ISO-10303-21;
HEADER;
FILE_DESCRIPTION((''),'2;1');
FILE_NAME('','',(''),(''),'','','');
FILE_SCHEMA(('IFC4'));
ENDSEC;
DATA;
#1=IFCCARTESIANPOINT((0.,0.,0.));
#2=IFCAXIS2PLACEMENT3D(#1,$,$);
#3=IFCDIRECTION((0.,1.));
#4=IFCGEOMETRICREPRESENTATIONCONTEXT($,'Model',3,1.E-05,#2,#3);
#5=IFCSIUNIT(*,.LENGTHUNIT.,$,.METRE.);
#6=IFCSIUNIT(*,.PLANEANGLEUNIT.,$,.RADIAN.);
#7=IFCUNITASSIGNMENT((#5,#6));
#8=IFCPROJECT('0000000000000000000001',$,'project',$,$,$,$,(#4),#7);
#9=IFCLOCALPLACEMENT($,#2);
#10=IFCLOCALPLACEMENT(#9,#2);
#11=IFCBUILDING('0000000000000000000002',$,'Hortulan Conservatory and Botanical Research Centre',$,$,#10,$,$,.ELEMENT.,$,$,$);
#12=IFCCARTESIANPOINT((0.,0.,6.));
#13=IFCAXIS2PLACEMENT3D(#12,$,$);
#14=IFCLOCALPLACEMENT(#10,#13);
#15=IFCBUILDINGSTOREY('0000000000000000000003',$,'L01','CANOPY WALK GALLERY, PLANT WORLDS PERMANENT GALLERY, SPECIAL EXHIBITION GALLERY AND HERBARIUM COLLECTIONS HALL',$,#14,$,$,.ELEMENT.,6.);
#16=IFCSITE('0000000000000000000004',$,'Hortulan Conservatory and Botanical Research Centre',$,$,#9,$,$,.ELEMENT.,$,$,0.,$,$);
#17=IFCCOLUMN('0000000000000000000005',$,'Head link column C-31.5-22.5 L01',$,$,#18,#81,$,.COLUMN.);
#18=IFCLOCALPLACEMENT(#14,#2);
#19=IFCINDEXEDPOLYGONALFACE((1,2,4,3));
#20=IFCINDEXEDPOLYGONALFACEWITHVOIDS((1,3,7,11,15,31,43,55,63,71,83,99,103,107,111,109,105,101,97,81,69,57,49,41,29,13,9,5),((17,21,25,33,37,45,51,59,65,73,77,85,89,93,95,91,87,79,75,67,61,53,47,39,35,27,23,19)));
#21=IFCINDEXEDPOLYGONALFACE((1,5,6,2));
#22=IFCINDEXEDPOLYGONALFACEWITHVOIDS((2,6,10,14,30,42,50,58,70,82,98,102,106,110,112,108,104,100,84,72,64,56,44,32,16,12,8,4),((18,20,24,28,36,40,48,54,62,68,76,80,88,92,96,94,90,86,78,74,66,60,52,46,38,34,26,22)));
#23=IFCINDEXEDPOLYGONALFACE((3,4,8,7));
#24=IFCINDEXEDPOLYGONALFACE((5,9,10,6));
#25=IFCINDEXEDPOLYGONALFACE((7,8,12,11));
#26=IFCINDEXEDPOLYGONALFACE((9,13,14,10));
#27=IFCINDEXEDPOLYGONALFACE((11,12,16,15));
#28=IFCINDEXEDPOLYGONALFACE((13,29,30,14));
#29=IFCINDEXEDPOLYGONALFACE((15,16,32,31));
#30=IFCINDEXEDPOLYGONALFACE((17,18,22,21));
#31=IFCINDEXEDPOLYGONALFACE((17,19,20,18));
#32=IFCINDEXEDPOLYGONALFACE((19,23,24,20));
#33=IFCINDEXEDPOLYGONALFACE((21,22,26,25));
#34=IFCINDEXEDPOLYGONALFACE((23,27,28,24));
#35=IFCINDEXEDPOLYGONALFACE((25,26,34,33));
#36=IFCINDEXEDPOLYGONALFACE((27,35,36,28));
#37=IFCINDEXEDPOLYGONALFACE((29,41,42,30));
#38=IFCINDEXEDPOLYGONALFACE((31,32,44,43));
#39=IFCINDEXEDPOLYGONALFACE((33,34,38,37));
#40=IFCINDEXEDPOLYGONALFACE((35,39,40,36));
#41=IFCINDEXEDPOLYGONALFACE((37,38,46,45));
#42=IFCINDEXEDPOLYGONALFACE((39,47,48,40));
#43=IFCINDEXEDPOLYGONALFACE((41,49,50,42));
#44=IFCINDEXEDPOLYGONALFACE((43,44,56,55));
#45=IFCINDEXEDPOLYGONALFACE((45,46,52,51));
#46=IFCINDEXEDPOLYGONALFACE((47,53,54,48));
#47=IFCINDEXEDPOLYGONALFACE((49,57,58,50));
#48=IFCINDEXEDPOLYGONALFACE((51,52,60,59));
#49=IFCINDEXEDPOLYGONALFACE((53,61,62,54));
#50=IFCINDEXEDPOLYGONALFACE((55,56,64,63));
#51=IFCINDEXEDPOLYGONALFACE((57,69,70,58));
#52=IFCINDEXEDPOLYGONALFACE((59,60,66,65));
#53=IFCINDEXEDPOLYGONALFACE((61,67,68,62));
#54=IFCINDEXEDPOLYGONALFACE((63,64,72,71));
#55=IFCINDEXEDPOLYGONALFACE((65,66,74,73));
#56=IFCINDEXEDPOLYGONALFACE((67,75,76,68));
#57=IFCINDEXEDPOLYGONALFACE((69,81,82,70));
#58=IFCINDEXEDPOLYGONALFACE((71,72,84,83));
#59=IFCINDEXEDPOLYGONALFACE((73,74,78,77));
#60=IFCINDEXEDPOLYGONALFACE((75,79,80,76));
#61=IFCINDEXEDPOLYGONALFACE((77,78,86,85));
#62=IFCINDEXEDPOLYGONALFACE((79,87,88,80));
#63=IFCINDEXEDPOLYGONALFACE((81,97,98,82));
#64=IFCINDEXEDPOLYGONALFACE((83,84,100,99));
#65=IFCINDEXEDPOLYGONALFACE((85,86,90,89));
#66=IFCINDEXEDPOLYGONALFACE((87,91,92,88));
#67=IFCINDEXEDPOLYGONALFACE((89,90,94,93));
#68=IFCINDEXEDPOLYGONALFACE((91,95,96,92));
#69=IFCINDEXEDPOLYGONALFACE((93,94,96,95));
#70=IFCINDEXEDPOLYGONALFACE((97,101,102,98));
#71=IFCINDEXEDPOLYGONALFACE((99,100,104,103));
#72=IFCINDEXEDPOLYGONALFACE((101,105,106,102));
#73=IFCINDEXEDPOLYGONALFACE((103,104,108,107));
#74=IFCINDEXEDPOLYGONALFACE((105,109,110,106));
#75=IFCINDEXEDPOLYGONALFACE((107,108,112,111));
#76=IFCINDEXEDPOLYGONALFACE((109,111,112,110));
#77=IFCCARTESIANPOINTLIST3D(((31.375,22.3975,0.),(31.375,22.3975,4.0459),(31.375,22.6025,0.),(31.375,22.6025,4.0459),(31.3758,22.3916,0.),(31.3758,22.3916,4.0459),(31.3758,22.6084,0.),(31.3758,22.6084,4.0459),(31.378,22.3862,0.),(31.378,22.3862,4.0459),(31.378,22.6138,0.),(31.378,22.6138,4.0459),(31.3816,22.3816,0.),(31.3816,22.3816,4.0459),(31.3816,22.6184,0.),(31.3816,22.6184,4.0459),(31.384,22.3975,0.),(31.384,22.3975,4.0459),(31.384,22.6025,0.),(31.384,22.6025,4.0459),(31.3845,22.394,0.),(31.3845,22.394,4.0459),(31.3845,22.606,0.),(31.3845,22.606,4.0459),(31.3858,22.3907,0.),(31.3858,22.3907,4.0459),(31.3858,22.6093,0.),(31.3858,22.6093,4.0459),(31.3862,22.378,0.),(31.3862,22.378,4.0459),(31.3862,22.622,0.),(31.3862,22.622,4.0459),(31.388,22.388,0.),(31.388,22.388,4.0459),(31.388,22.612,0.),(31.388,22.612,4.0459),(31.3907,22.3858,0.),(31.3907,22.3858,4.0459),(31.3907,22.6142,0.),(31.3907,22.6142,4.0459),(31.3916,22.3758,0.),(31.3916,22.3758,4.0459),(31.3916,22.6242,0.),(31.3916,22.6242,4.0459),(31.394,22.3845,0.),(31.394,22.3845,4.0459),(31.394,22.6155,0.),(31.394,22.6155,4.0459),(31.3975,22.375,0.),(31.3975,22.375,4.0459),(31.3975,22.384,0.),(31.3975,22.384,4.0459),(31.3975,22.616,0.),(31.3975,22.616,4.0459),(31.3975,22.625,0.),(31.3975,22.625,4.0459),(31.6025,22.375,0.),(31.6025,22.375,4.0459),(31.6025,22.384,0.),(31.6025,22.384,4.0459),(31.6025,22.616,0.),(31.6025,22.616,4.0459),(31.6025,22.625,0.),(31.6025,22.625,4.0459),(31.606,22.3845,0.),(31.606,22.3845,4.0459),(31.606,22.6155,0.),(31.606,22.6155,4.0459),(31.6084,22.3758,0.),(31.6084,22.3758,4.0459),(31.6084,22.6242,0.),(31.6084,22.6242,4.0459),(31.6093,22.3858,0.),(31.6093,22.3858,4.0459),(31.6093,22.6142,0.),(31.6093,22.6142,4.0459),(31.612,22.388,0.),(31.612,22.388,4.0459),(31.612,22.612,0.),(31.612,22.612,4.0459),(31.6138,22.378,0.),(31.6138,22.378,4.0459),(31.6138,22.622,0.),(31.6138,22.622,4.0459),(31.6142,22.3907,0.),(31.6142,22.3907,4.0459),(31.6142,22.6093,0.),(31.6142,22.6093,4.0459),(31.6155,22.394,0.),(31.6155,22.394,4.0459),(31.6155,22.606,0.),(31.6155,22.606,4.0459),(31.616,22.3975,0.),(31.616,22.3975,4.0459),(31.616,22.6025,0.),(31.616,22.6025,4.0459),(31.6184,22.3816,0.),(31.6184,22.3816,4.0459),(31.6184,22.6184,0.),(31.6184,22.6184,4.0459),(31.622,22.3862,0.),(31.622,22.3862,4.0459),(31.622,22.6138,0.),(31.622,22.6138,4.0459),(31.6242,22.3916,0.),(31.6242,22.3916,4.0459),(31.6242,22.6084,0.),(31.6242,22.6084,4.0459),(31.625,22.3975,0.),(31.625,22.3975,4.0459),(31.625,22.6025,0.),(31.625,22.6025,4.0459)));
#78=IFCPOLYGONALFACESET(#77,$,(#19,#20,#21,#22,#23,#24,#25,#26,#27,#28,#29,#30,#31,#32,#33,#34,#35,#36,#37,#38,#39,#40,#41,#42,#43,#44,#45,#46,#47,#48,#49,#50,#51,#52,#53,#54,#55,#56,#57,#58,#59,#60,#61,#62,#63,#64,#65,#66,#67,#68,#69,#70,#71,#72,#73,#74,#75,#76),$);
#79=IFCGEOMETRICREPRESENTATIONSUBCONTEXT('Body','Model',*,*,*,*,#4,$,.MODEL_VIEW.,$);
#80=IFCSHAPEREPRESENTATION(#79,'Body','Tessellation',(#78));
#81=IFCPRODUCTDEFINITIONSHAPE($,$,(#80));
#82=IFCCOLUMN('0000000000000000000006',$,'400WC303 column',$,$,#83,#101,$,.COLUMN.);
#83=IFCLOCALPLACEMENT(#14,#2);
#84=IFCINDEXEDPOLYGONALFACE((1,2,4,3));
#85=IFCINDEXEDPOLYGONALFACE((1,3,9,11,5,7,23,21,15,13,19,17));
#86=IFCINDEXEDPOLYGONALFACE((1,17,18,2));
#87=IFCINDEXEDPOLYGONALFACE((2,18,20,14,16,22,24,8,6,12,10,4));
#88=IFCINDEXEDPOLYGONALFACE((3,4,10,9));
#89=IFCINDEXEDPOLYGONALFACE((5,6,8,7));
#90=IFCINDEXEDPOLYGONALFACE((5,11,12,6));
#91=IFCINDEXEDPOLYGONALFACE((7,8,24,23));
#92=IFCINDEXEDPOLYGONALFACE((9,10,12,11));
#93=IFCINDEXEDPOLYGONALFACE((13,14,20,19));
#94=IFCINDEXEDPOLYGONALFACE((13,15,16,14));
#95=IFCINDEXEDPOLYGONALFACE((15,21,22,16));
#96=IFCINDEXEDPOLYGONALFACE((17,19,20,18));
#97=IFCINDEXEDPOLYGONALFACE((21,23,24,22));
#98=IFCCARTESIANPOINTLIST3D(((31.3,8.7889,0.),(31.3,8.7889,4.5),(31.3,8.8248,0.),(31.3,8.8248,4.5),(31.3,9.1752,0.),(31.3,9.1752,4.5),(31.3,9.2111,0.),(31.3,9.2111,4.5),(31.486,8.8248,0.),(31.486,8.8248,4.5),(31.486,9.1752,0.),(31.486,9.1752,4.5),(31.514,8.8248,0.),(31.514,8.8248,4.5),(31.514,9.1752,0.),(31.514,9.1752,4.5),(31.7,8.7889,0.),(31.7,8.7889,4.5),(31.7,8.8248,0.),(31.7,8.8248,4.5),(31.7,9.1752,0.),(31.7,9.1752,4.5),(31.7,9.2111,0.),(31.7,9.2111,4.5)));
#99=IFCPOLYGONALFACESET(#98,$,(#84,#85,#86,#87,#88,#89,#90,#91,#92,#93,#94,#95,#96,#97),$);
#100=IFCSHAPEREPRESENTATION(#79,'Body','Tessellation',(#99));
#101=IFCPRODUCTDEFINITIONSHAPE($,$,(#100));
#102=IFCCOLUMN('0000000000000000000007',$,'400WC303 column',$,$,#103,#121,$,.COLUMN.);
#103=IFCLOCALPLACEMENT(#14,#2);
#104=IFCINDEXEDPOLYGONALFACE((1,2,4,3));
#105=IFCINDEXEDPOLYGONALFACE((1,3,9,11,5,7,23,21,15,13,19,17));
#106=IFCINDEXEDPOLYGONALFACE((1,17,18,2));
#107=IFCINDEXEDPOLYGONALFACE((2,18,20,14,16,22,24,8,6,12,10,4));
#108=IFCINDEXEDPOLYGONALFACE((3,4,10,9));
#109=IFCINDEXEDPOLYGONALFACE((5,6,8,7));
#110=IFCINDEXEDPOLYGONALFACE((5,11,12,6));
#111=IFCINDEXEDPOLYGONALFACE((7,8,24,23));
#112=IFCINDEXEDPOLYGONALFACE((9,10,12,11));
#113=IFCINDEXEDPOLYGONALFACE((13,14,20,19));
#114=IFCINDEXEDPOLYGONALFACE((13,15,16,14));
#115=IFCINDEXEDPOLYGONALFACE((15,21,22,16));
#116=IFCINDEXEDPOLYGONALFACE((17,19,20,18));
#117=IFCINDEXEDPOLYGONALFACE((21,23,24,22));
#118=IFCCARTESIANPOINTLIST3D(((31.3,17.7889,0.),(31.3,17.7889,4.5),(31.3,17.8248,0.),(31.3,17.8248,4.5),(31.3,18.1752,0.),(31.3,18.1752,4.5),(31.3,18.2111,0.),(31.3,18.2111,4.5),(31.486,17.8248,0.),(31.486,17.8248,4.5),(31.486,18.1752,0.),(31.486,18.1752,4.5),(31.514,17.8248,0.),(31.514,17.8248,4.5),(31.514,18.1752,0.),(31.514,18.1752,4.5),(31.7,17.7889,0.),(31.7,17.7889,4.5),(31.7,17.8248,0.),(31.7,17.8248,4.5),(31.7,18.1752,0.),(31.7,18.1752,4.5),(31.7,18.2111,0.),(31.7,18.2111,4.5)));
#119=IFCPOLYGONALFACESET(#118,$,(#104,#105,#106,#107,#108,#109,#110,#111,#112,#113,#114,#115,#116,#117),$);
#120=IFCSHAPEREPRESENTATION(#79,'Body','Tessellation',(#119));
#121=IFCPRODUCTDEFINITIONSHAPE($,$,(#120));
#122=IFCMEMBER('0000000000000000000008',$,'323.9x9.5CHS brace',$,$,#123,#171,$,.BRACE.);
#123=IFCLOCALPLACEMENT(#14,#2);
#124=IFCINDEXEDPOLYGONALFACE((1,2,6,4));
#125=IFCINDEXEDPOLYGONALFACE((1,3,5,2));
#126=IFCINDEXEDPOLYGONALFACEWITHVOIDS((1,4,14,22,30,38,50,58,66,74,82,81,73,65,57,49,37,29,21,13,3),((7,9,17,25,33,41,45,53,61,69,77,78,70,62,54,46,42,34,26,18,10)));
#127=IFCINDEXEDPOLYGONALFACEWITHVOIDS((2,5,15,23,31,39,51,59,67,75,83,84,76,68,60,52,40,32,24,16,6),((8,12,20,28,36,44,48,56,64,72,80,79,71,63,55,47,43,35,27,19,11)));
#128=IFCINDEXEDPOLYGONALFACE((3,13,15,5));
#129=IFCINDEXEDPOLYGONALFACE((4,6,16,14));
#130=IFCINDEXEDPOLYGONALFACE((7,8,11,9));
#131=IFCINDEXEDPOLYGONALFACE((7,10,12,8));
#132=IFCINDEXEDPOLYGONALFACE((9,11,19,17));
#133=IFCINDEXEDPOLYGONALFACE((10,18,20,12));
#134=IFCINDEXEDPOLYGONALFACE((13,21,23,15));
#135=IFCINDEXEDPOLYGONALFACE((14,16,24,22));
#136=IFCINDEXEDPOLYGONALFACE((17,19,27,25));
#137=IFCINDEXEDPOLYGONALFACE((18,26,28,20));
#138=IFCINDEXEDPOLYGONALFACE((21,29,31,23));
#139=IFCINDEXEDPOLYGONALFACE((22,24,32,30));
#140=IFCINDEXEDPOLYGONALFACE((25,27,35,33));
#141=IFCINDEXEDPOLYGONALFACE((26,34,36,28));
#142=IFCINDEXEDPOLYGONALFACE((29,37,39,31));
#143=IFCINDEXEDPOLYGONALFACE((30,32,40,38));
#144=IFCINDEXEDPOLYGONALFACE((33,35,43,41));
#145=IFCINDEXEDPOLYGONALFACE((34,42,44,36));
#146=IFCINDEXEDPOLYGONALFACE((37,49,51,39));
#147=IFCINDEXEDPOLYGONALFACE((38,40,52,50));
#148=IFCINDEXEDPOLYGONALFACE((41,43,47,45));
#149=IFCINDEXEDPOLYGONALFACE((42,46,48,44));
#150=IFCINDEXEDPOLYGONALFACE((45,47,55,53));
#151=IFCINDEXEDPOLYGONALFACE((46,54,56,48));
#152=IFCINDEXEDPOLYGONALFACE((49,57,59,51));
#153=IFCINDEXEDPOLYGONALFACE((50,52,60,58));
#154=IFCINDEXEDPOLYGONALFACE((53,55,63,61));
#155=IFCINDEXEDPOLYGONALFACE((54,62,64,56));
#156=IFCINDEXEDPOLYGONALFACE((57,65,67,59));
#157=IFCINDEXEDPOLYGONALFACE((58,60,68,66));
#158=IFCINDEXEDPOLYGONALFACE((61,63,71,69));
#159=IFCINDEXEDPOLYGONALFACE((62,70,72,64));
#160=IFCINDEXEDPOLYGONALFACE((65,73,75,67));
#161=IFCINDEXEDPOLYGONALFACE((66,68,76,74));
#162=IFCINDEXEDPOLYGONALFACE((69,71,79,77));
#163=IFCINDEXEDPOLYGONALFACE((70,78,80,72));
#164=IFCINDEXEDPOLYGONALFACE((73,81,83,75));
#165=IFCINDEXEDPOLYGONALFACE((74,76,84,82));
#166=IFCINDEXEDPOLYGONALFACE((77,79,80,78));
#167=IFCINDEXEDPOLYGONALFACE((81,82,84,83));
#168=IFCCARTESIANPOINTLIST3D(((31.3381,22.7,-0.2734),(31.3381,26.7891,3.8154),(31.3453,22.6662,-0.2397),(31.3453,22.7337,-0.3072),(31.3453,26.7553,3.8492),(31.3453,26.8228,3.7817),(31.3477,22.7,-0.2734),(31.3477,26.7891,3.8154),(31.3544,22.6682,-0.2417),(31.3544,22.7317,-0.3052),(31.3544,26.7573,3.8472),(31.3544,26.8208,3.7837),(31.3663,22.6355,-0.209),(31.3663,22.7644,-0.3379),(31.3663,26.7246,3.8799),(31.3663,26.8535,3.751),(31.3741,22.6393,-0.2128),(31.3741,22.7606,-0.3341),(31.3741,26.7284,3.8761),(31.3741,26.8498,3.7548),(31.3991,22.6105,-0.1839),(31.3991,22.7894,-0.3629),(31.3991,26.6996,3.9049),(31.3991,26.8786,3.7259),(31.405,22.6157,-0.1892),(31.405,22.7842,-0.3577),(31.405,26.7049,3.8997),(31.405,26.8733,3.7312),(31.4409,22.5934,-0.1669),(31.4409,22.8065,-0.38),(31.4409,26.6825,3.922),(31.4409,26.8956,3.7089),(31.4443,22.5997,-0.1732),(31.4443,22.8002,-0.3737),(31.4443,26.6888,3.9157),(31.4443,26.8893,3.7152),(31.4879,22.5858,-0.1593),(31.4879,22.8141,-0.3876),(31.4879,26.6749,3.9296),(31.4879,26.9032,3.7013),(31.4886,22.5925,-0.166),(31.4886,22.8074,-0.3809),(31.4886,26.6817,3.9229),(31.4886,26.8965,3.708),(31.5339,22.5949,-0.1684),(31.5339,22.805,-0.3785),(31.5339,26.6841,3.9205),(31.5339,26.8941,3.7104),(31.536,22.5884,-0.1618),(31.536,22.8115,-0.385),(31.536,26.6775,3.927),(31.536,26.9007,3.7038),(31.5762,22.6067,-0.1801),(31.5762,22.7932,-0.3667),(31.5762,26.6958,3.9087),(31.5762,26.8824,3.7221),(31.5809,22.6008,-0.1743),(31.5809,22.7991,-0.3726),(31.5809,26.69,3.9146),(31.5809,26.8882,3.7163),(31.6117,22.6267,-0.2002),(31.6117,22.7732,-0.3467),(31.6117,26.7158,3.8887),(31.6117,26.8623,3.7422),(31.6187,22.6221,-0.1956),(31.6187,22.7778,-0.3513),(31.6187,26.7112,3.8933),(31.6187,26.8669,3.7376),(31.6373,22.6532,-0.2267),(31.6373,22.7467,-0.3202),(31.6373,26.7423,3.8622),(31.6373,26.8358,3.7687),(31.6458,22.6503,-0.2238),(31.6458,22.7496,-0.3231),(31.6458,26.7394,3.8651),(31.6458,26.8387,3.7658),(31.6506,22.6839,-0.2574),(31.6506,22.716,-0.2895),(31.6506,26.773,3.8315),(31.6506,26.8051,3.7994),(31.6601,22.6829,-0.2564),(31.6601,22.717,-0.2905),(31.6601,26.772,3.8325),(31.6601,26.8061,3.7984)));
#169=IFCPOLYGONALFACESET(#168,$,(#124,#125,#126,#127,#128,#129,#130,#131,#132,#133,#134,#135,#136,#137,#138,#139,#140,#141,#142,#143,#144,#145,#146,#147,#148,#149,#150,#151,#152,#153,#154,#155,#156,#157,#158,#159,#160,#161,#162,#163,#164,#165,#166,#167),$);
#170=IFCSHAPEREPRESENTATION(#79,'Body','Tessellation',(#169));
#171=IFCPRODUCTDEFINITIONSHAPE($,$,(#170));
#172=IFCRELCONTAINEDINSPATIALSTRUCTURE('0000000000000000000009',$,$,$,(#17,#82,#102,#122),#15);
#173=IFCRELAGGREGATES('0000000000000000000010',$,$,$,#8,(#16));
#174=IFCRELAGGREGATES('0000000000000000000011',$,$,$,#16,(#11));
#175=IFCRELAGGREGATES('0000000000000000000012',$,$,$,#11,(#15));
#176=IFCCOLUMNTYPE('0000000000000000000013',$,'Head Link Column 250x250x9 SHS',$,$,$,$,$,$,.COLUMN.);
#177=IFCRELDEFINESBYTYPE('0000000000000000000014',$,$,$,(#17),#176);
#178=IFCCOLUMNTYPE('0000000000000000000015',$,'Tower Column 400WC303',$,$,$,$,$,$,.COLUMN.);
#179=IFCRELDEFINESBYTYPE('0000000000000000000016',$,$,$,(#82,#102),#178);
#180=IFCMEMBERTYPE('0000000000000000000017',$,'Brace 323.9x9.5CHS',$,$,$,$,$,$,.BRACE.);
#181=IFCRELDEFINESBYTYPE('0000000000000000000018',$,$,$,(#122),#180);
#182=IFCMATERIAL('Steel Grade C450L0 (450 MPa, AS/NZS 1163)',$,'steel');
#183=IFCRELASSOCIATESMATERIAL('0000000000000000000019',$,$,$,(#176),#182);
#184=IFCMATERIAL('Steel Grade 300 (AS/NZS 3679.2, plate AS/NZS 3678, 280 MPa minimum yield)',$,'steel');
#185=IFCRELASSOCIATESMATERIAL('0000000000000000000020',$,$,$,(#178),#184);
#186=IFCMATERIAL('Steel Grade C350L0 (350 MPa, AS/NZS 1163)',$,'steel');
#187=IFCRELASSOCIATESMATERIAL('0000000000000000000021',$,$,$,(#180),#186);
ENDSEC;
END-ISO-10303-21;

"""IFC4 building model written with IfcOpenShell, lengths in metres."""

from ifc_helpers import new_model, si_unit, direction, frame, origin, origin_2d, place, context, subcontext, project, spatial, hollow_rectangle, hollow_circle, i_section, extrude, material, material_profile, profile_set, type_object, element, save


model = new_model("IFC4")

# Units and contexts
model_context = context("Model", 3, precision=1e-05, world=origin(), true_north=direction((0.0, 1.0)))
body_context = subcontext(model_context, "Body", "Model", "MODEL_VIEW")
ifc_project = project(units=[si_unit("LENGTHUNIT", "METRE"), si_unit("PLANEANGLEUNIT", "RADIAN")], contexts=[model_context])

# Site, building, storey
site_placement = place(None, origin())
site = spatial("IfcSite", under=ifc_project, at=site_placement, Name="Hortulan Conservatory and Botanical Research Centre", CompositionType="ELEMENT", RefElevation=0.0)
building_placement = place(site_placement, origin())
building = spatial("IfcBuilding", under=site, at=building_placement, Name="Hortulan Conservatory and Botanical Research Centre", CompositionType="ELEMENT")
storey_placement = place(building_placement, frame((0.0, 0.0, 6.0)))
storey = spatial("IfcBuildingStorey", under=building, at=storey_placement, Name="L01", Description="CANOPY WALK GALLERY, PLANT WORLDS PERMANENT GALLERY, SPECIAL EXHIBITION GALLERY AND HERBARIUM COLLECTIONS HALL", CompositionType="ELEMENT", Elevation=6.0)

# Columns
ifc_material_1 = material(Name="Steel Grade C450L0 (450 MPa, AS/NZS 1163)", Category="steel")
ifc_material_profile_1 = material_profile(ifc_material_1, hollow_rectangle(XDim=0.25, YDim=0.25, WallThickness=0.009, InnerFilletRadius=0.0134, OuterFilletRadius=0.0225, at=origin_2d()), Name="250x250x9SHS")
ifc_profile_set_1 = profile_set([ifc_material_profile_1], Name="Steel Grade C450L0 (450 MPa, AS/NZS 1163)")
column_type_1 = type_object("IfcColumnType", Name="Head Link Column 250x250x9 SHS", PredefinedType="COLUMN", material=ifc_profile_set_1)
column_placement = place(storey_placement, frame((31.5, 22.5, 0.0), z_axis=(0.0, 0.0, 1.0), x_axis=(1.0, 0.0, 0.0)))
element("IfcColumn", 1, at=column_placement, inside=storey, type_object=column_type_1, Name="Head link column C-31.5-22.5 L01", PredefinedType="COLUMN", context=body_context, shape_type="SweptSolid", body=[
    extrude(hollow_rectangle(XDim=0.25, YDim=0.25, WallThickness=0.009, InnerFilletRadius=0.0134, OuterFilletRadius=0.0225, at=origin_2d()), origin(), (0.0, 0.0, 1.0), 4.0459),
])
ifc_material_2 = material(Name="Steel Grade 300 (AS/NZS 3679.2, plate AS/NZS 3678, 280 MPa minimum yield)", Category="steel")
ifc_material_profile_2 = material_profile(ifc_material_2, i_section(OverallWidth=0.3999, OverallDepth=0.4221, WebThickness=0.0281, FlangeThickness=0.0359, at=origin_2d()), Name="400WC303")
ifc_profile_set_2 = profile_set([ifc_material_profile_2], Name="Steel Grade 300 (AS/NZS 3679.2, plate AS/NZS 3678, 280 MPa minimum yield)")
column_type_2 = type_object("IfcColumnType", Name="Tower Column 400WC303", PredefinedType="COLUMN", material=ifc_profile_set_2)
for number, where, z_axis, x_axis, name in (
    (2, (31.5, 9.0, 0.0), (0.0, 0.0, 1.0), (1.0, 0.0, 0.0), "400WC303 column"),
    (3, (31.5, 18.0, 0.0), (0.0, 0.0, 1.0), (1.0, 0.0, 0.0), "400WC303 column"),
):
    element("IfcColumn", number, at=place(storey_placement, frame(where, z_axis=z_axis, x_axis=x_axis)), inside=storey, type_object=column_type_2, Name=name, PredefinedType="COLUMN", context=body_context, shape_type="SweptSolid", body=[
        extrude(i_section(OverallWidth=0.3999, OverallDepth=0.4221, WebThickness=0.0281, FlangeThickness=0.0359, at=origin_2d()), origin(), (0.0, 0.0, 1.0), 4.5),
    ])

# Member
ifc_material_3 = material(Name="Steel Grade C350L0 (350 MPa, AS/NZS 1163)", Category="steel")
ifc_material_profile_3 = material_profile(ifc_material_3, hollow_circle(Radius=0.1619, WallThickness=0.0095, at=origin_2d()), Name="323.9x9.5CHS")
ifc_profile_set_3 = profile_set([ifc_material_profile_3], Name="Steel Grade C350L0 (350 MPa, AS/NZS 1163)")
member_type = type_object("IfcMemberType", Name="Brace 323.9x9.5CHS", PredefinedType="BRACE", material=ifc_profile_set_3)
member_placement = place(storey_placement, frame((31.5, 22.7, -0.2734), z_axis=(0.0, 0.707128, 0.707086), x_axis=(-1.0, 0.0, 0.0)))
element("IfcMember", 4, at=member_placement, inside=storey, type_object=member_type, Name="323.9x9.5CHS brace", PredefinedType="BRACE", context=body_context, shape_type="SweptSolid", body=[
    extrude(hollow_circle(Radius=0.1619, WallThickness=0.0095, at=origin_2d()), origin(), (0.0, 0.0, 1.0), 5.7827),
])

save(model, "model.ifc")
